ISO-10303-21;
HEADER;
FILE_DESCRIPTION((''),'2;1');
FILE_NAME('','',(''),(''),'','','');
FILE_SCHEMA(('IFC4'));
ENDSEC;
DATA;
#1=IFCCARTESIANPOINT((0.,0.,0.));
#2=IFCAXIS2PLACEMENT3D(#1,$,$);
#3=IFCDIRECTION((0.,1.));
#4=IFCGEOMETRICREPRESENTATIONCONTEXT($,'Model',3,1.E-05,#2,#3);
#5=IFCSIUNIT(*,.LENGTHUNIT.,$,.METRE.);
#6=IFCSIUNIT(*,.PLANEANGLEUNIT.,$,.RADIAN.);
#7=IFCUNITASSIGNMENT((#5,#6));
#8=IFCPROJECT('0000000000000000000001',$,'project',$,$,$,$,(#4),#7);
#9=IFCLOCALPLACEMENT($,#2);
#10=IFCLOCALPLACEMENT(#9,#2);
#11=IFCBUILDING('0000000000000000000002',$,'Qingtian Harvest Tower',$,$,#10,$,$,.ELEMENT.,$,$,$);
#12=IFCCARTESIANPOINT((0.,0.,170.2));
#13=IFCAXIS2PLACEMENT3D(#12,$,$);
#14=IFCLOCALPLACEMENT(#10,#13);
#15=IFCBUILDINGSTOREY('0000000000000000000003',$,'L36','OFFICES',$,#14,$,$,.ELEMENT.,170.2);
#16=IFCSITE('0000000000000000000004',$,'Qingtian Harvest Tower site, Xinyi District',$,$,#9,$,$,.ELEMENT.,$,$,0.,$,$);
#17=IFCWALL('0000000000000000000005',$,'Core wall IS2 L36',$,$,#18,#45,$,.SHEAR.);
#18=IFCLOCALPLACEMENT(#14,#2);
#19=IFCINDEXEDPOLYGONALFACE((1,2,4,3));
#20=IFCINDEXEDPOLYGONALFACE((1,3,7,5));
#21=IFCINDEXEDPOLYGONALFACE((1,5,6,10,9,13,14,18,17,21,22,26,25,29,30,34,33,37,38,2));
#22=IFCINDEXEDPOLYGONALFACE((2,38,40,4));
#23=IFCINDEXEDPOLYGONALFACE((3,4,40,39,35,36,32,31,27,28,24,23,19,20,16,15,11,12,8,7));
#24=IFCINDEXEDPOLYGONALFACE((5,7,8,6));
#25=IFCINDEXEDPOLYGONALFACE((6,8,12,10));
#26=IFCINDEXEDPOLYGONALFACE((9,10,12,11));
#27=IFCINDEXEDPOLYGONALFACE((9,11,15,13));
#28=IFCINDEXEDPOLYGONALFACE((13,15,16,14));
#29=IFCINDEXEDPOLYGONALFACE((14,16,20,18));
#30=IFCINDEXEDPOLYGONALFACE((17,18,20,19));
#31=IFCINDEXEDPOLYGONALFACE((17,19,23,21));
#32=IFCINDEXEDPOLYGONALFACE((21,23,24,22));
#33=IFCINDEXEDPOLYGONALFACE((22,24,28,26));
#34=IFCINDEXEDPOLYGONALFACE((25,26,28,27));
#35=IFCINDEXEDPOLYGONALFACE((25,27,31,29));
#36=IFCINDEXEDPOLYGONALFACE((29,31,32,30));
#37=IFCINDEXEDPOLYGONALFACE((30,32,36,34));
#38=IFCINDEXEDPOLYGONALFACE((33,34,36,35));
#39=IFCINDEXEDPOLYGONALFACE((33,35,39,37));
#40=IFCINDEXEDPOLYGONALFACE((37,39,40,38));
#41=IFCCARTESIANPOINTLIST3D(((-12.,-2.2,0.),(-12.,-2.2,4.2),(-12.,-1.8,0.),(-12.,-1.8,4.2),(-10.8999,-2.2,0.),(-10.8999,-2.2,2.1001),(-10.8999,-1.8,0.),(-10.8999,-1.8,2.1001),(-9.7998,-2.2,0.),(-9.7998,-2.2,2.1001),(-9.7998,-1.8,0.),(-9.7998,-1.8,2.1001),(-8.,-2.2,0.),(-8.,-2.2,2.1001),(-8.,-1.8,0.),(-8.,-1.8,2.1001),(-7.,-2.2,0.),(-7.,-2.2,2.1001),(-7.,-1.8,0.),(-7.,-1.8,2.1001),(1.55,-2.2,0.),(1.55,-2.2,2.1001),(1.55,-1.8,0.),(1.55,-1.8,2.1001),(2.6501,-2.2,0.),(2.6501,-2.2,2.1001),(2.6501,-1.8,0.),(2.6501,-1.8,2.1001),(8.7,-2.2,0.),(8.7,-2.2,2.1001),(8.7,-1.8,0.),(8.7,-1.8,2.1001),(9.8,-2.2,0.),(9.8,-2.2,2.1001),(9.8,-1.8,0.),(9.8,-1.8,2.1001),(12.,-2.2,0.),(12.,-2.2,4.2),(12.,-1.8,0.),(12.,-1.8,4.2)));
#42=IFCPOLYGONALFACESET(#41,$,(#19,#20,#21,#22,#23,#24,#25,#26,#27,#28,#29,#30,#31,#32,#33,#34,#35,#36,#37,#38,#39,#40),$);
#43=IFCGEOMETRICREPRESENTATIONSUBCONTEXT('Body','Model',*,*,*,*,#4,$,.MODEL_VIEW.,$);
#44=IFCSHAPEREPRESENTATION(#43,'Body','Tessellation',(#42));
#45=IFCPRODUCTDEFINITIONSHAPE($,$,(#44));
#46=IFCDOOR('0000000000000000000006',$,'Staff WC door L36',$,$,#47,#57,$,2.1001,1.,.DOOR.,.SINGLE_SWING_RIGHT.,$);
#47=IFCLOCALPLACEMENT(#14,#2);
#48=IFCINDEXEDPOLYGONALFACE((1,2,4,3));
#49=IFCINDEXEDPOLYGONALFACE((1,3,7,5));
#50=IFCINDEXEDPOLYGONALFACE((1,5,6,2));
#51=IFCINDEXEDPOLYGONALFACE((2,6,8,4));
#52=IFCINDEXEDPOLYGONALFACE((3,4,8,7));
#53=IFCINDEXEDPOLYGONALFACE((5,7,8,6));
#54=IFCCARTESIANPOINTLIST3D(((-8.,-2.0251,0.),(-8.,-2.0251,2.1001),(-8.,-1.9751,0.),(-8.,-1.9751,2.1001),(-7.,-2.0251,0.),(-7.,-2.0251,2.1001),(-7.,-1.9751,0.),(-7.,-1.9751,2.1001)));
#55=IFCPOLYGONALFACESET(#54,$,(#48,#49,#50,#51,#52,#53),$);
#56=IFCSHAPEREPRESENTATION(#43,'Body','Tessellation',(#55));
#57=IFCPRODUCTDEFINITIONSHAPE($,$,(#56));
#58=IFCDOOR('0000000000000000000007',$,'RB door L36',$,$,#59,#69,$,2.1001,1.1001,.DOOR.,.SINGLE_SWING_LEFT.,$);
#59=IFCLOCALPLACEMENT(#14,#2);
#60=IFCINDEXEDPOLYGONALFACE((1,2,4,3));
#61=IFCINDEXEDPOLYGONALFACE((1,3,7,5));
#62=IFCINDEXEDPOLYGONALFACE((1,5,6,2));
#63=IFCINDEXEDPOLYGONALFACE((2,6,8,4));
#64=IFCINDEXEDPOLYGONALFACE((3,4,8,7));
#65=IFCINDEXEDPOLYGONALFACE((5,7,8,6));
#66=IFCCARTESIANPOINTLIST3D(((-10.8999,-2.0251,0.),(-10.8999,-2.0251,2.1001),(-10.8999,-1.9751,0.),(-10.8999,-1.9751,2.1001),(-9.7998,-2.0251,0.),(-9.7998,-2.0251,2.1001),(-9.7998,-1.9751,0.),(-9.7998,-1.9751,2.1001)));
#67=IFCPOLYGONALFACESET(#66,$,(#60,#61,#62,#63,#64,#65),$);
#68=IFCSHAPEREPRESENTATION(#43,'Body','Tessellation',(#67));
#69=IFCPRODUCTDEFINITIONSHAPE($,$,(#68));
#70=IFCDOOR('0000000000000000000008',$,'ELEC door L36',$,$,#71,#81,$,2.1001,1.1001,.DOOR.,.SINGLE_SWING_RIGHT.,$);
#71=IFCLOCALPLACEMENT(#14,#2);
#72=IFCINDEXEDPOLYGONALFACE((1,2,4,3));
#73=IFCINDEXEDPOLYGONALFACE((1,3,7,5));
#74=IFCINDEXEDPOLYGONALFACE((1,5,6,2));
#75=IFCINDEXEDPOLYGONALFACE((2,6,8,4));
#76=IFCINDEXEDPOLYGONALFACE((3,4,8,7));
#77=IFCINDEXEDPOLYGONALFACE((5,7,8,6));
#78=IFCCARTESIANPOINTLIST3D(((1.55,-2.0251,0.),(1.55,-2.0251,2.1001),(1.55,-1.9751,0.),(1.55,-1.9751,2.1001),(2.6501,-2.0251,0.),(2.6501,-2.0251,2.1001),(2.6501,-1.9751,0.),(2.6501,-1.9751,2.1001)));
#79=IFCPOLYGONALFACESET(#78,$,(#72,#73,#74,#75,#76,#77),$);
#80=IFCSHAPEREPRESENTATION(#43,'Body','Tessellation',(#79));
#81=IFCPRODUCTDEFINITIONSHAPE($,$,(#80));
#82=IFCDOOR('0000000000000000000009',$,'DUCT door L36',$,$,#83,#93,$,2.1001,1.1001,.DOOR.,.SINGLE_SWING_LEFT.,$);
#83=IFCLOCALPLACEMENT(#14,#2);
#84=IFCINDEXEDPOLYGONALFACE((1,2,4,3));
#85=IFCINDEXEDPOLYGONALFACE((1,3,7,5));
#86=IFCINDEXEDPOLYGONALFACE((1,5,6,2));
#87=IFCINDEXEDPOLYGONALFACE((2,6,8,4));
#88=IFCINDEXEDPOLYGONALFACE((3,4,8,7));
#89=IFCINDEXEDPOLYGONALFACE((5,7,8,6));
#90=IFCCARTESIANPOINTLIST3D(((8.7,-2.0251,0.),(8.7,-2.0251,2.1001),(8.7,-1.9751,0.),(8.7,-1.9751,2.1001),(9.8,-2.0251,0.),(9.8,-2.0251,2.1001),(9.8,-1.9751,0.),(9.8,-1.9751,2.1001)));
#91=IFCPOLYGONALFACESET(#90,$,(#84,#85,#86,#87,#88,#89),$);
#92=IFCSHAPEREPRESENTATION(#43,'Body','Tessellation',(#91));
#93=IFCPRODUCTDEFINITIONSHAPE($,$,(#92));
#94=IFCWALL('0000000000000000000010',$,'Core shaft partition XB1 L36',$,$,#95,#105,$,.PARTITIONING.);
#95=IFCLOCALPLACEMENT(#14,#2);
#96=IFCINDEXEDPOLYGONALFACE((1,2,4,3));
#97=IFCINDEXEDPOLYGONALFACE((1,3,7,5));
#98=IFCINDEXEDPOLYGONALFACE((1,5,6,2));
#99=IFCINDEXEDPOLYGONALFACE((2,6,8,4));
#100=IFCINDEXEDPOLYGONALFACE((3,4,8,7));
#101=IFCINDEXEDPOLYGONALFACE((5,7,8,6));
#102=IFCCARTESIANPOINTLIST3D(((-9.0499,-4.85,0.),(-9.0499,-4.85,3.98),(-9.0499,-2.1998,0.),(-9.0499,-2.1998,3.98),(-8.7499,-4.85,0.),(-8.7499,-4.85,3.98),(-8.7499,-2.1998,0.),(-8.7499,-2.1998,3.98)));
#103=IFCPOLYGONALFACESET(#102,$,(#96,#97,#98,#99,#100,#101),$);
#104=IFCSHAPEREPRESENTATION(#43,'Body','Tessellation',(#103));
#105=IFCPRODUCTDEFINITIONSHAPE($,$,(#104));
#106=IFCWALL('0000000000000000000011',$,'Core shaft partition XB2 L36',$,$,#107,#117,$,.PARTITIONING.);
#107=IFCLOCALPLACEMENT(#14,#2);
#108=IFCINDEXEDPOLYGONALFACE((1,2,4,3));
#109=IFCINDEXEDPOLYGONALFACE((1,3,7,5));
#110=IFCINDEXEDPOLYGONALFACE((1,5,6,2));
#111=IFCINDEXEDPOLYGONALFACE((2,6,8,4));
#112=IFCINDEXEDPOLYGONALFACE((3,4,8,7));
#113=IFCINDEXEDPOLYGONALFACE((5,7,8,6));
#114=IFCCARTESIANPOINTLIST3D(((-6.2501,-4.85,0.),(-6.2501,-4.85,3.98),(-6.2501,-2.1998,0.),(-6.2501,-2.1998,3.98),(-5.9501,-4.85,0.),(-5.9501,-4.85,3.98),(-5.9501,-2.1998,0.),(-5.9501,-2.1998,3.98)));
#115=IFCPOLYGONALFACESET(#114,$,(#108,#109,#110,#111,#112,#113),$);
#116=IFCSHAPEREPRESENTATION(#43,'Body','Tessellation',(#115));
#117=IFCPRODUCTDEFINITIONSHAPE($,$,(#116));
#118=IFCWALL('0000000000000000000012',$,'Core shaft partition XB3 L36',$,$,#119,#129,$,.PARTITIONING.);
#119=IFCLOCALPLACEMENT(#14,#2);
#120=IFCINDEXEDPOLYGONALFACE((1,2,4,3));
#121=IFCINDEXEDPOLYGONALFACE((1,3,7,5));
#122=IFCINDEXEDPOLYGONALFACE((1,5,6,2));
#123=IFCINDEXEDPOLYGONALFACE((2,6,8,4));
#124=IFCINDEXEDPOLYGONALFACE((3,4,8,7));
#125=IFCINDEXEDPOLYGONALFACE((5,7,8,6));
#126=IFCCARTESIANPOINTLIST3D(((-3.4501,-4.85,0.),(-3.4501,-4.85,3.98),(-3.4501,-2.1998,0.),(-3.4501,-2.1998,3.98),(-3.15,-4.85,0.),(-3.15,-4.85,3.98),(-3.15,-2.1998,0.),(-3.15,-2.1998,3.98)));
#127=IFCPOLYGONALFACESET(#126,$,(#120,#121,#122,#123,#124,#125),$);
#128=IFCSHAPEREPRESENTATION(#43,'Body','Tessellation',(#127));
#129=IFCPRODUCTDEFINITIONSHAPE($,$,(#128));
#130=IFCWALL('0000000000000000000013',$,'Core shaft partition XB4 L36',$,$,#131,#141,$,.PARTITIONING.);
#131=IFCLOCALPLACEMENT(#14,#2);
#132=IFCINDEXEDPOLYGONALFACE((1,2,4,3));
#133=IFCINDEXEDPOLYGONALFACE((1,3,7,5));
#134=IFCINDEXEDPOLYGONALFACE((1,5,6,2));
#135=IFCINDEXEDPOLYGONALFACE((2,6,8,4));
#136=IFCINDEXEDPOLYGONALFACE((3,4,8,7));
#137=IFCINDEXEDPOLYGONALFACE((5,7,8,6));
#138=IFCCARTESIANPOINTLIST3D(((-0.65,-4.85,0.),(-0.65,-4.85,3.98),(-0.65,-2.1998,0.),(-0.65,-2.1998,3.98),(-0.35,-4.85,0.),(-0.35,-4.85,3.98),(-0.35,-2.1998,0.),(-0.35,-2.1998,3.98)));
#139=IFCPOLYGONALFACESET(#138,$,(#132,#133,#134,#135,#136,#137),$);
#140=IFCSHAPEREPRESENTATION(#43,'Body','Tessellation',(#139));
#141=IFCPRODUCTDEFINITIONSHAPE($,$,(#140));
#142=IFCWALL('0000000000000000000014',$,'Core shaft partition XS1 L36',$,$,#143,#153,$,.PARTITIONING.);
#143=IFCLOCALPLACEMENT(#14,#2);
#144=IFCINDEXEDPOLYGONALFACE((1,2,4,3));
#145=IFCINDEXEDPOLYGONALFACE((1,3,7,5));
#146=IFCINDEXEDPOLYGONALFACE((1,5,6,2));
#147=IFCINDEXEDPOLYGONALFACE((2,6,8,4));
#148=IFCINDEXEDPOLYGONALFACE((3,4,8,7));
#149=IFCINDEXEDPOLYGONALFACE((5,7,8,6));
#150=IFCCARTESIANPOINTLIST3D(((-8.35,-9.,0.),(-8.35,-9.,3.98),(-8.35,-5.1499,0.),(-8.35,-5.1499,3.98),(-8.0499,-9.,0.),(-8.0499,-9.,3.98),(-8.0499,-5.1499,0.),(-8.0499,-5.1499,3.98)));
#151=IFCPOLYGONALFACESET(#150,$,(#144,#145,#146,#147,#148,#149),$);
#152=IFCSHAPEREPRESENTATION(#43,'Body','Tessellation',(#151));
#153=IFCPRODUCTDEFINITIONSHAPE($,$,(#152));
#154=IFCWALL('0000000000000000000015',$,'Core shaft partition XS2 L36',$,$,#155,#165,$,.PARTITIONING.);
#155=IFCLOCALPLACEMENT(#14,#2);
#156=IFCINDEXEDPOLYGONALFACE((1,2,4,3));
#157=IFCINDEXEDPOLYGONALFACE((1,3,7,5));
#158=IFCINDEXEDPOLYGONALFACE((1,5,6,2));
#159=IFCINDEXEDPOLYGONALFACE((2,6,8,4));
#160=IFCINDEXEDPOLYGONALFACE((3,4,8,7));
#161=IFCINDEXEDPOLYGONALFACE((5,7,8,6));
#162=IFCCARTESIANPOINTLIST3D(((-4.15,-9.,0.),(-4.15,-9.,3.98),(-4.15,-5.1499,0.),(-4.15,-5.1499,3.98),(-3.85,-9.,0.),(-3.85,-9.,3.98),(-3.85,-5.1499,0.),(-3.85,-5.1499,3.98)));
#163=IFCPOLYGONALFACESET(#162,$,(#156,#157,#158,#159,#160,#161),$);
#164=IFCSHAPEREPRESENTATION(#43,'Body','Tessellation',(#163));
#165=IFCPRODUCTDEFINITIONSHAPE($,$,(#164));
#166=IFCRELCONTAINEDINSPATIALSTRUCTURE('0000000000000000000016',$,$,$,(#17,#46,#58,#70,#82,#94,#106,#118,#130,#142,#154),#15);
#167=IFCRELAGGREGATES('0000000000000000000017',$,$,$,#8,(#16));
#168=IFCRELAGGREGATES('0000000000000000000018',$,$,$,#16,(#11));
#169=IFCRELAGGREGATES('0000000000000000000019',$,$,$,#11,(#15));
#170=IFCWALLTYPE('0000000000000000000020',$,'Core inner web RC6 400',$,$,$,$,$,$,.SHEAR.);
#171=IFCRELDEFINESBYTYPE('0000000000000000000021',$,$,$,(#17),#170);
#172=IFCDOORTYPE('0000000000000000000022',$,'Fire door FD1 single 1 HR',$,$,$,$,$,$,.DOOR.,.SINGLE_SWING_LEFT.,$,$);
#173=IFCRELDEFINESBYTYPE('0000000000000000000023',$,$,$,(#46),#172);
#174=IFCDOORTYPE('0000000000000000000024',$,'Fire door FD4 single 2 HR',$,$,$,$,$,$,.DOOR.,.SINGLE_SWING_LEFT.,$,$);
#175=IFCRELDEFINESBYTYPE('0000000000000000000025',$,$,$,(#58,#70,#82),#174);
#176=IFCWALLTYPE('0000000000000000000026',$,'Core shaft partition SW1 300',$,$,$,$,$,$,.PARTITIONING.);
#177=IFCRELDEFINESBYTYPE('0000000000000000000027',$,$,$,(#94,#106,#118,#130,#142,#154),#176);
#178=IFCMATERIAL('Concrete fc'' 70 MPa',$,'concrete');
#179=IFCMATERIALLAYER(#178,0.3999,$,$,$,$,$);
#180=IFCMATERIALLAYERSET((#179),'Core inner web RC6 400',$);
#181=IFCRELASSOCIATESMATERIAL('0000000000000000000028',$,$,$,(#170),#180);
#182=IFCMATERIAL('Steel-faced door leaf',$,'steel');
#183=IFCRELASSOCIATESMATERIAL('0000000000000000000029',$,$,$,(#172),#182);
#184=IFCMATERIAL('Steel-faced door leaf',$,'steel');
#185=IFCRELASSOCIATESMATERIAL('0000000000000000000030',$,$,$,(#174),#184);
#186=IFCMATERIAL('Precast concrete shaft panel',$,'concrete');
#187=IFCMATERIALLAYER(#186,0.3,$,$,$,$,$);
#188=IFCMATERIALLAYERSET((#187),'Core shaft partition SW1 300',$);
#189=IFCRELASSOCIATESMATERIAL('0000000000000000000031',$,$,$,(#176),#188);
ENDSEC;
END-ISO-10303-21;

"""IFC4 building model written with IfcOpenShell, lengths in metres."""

from ifc_helpers import new_model, si_unit, direction, frame, frame_2d, origin, place, context, subcontext, project, spatial, rectangle, extrude, material, layer, layer_set, type_object, element, fill, save


model = new_model("IFC4")

# Units and contexts
model_context = context("Model", 3, precision=1e-05, world=origin(), true_north=direction((0.0, 1.0)))
body_context = subcontext(model_context, "Body", "Model", "MODEL_VIEW")
ifc_project = project(units=[si_unit("LENGTHUNIT", "METRE"), si_unit("PLANEANGLEUNIT", "RADIAN")], contexts=[model_context])

# Site, building, storey
site_placement = place(None, origin())
site = spatial("IfcSite", under=ifc_project, at=site_placement, Name="Qingtian Harvest Tower site, Xinyi District", CompositionType="ELEMENT", RefElevation=0.0)
building_placement = place(site_placement, origin())
building = spatial("IfcBuilding", under=site, at=building_placement, Name="Qingtian Harvest Tower", CompositionType="ELEMENT")
storey_placement = place(building_placement, frame((0.0, 0.0, 170.2)))
storey = spatial("IfcBuildingStorey", under=building, at=storey_placement, Name="L36", Description="OFFICES", CompositionType="ELEMENT", Elevation=170.2)

# Wall, openings, doors
ifc_material_1 = material(Name="Concrete fc' 70 MPa", Category="concrete")
ifc_layer_1 = layer(ifc_material_1, 0.3999)
ifc_layer_set_1 = layer_set([ifc_layer_1], Name="Core inner web RC6 400")
wall_type_1 = type_object("IfcWallType", Name="Core inner web RC6 400", PredefinedType="SHEAR", material=ifc_layer_set_1)
wall_1_placement = place(storey_placement, frame((-12.0, -2.0, 0.0), z_axis=(0.0, 0.0, 1.0), x_axis=(1.0, 0.0, 0.0)))
wall_1 = element("IfcWall", 1, at=wall_1_placement, inside=storey, type_object=wall_type_1, Name="Core wall IS2 L36", PredefinedType="SHEAR", context=body_context, shape_type="SweptSolid", body=[
    extrude(rectangle(XDim=24.0, YDim=0.3999, at=frame_2d((12.0, 0.0))), origin(), (0.0, 0.0, 1.0), 4.2),
])
opening_1_placement = place(wall_1_placement, frame((1.1001, 0.0, 0.0)))
opening_1 = element("IfcOpeningElement", 2, at=opening_1_placement, cuts=wall_1, PredefinedType="OPENING", context=body_context, shape_type="SweptSolid", body=[
    extrude(rectangle(XDim=1.1001, YDim=2.1001, at=frame_2d((0.55, 1.05))), frame((0.0, 0.21, 0.0), z_axis=(0.0, -1.0, 0.0), x_axis=(1.0, 0.0, 0.0)), (0.0, 0.0, 1.0), 0.4199),
])
opening_2_placement = place(wall_1_placement, frame((13.55, 0.0, 0.0)))
opening_2 = element("IfcOpeningElement", 3, at=opening_2_placement, cuts=wall_1, PredefinedType="OPENING", context=body_context, shape_type="SweptSolid", body=[
    extrude(rectangle(XDim=1.1001, YDim=2.1001, at=frame_2d((0.55, 1.05))), frame((0.0, 0.21, 0.0), z_axis=(0.0, -1.0, 0.0), x_axis=(1.0, 0.0, 0.0)), (0.0, 0.0, 1.0), 0.4199),
])
opening_3_placement = place(wall_1_placement, frame((20.7, 0.0, 0.0)))
opening_3 = element("IfcOpeningElement", 4, at=opening_3_placement, cuts=wall_1, PredefinedType="OPENING", context=body_context, shape_type="SweptSolid", body=[
    extrude(rectangle(XDim=1.1001, YDim=2.1001, at=frame_2d((0.55, 1.05))), frame((0.0, 0.21, 0.0), z_axis=(0.0, -1.0, 0.0), x_axis=(1.0, 0.0, 0.0)), (0.0, 0.0, 1.0), 0.4199),
])
opening_4_placement = place(wall_1_placement, frame((4.0, 0.0, 0.0)))
opening_4 = element("IfcOpeningElement", 5, at=opening_4_placement, cuts=wall_1, PredefinedType="OPENING", context=body_context, shape_type="SweptSolid", body=[
    extrude(rectangle(XDim=1.0, YDim=2.1001, at=frame_2d((0.5, 1.05))), frame((0.0, 0.21, 0.0), z_axis=(0.0, -1.0, 0.0), x_axis=(1.0, 0.0, 0.0)), (0.0, 0.0, 1.0), 0.4199),
])
ifc_material_2 = material(Name="Steel-faced door leaf", Category="steel")
door_type_1 = type_object("IfcDoorType", Name="Fire door FD1 single 1 HR", OperationType="SINGLE_SWING_LEFT", PredefinedType="DOOR", material=ifc_material_2)
door_1_placement = place(opening_4_placement, origin())
door_1 = element("IfcDoor", 6, at=door_1_placement, inside=storey, type_object=door_type_1, Name="Staff WC door L36", OperationType="SINGLE_SWING_RIGHT", OverallHeight=2.1001, OverallWidth=1.0, PredefinedType="DOOR", context=body_context, shape_type="SweptSolid", body=[
    extrude(rectangle(XDim=1.0, YDim=2.1001, at=frame_2d((0.5, 1.05))), frame((0.0, 0.0249, 0.0), z_axis=(0.0, -1.0, 0.0), x_axis=(1.0, 0.0, 0.0)), (0.0, 0.0, 1.0), 0.05),
])
fill(opening_4, door_1)
ifc_material_3 = material(Name="Steel-faced door leaf", Category="steel")
door_type_2 = type_object("IfcDoorType", Name="Fire door FD4 single 2 HR", OperationType="SINGLE_SWING_LEFT", PredefinedType="DOOR", material=ifc_material_3)
door_2_placement = place(opening_1_placement, origin())
door_2 = element("IfcDoor", 7, at=door_2_placement, inside=storey, type_object=door_type_2, Name="RB door L36", OperationType="SINGLE_SWING_LEFT", OverallHeight=2.1001, OverallWidth=1.1001, PredefinedType="DOOR", context=body_context, shape_type="SweptSolid", body=[
    extrude(rectangle(XDim=1.1001, YDim=2.1001, at=frame_2d((0.55, 1.05))), frame((0.0, 0.0249, 0.0), z_axis=(0.0, -1.0, 0.0), x_axis=(1.0, 0.0, 0.0)), (0.0, 0.0, 1.0), 0.05),
])
fill(opening_1, door_2)
door_3_placement = place(opening_2_placement, origin())
door_3 = element("IfcDoor", 8, at=door_3_placement, inside=storey, type_object=door_type_2, Name="ELEC door L36", OperationType="SINGLE_SWING_RIGHT", OverallHeight=2.1001, OverallWidth=1.1001, PredefinedType="DOOR", context=body_context, shape_type="SweptSolid", body=[
    extrude(rectangle(XDim=1.1001, YDim=2.1001, at=frame_2d((0.55, 1.05))), frame((0.0, 0.0249, 0.0), z_axis=(0.0, -1.0, 0.0), x_axis=(1.0, 0.0, 0.0)), (0.0, 0.0, 1.0), 0.05),
])
fill(opening_2, door_3)
door_4_placement = place(opening_3_placement, origin())
door_4 = element("IfcDoor", 9, at=door_4_placement, inside=storey, type_object=door_type_2, Name="DUCT door L36", OperationType="SINGLE_SWING_LEFT", OverallHeight=2.1001, OverallWidth=1.1001, PredefinedType="DOOR", context=body_context, shape_type="SweptSolid", body=[
    extrude(rectangle(XDim=1.1001, YDim=2.1001, at=frame_2d((0.55, 1.05))), frame((0.0, 0.0249, 0.0), z_axis=(0.0, -1.0, 0.0), x_axis=(1.0, 0.0, 0.0)), (0.0, 0.0, 1.0), 0.05),
])
fill(opening_3, door_4)

# Walls
ifc_material_4 = material(Name="Precast concrete shaft panel", Category="concrete")
ifc_layer_2 = layer(ifc_material_4, 0.3)
ifc_layer_set_2 = layer_set([ifc_layer_2], Name="Core shaft partition SW1 300")
wall_type_2 = type_object("IfcWallType", Name="Core shaft partition SW1 300", PredefinedType="PARTITIONING", material=ifc_layer_set_2)
for number, where, z_axis, x_axis, name in (
    (10, (-8.8999, -4.8501, 0.0), (0.0, 0.0, 1.0), (0.0, 1.0, 0.0), "Core shaft partition XB1 L36"),
    (11, (-6.1001, -4.8501, 0.0), (0.0, 0.0, 1.0), (0.0, 1.0, 0.0), "Core shaft partition XB2 L36"),
    (12, (-3.3, -4.8501, 0.0), (0.0, 0.0, 1.0), (0.0, 1.0, 0.0), "Core shaft partition XB3 L36"),
    (13, (-0.5, -4.8501, 0.0), (0.0, 0.0, 1.0), (0.0, 1.0, 0.0), "Core shaft partition XB4 L36"),
):
    element("IfcWall", number, at=place(storey_placement, frame(where, z_axis=z_axis, x_axis=x_axis)), inside=storey, type_object=wall_type_2, Name=name, PredefinedType="PARTITIONING", context=body_context, shape_type="SweptSolid", body=[
        extrude(rectangle(XDim=2.6501, YDim=0.3, at=frame_2d((1.3252, 0.0))), origin(), (0.0, 0.0, 1.0), 3.98),
    ])
for number, where, z_axis, x_axis, name in (
    (14, (-8.2, -9.0, 0.0), (0.0, 0.0, 1.0), (0.0, 1.0, 0.0), "Core shaft partition XS1 L36"),
    (15, (-4.0, -9.0, 0.0), (0.0, 0.0, 1.0), (0.0, 1.0, 0.0), "Core shaft partition XS2 L36"),
):
    element("IfcWall", number, at=place(storey_placement, frame(where, z_axis=z_axis, x_axis=x_axis)), inside=storey, type_object=wall_type_2, Name=name, PredefinedType="PARTITIONING", context=body_context, shape_type="SweptSolid", body=[
        extrude(rectangle(XDim=3.8501, YDim=0.3, at=frame_2d((1.925, 0.0))), origin(), (0.0, 0.0, 1.0), 3.98),
    ])

save(model, "model.ifc")
